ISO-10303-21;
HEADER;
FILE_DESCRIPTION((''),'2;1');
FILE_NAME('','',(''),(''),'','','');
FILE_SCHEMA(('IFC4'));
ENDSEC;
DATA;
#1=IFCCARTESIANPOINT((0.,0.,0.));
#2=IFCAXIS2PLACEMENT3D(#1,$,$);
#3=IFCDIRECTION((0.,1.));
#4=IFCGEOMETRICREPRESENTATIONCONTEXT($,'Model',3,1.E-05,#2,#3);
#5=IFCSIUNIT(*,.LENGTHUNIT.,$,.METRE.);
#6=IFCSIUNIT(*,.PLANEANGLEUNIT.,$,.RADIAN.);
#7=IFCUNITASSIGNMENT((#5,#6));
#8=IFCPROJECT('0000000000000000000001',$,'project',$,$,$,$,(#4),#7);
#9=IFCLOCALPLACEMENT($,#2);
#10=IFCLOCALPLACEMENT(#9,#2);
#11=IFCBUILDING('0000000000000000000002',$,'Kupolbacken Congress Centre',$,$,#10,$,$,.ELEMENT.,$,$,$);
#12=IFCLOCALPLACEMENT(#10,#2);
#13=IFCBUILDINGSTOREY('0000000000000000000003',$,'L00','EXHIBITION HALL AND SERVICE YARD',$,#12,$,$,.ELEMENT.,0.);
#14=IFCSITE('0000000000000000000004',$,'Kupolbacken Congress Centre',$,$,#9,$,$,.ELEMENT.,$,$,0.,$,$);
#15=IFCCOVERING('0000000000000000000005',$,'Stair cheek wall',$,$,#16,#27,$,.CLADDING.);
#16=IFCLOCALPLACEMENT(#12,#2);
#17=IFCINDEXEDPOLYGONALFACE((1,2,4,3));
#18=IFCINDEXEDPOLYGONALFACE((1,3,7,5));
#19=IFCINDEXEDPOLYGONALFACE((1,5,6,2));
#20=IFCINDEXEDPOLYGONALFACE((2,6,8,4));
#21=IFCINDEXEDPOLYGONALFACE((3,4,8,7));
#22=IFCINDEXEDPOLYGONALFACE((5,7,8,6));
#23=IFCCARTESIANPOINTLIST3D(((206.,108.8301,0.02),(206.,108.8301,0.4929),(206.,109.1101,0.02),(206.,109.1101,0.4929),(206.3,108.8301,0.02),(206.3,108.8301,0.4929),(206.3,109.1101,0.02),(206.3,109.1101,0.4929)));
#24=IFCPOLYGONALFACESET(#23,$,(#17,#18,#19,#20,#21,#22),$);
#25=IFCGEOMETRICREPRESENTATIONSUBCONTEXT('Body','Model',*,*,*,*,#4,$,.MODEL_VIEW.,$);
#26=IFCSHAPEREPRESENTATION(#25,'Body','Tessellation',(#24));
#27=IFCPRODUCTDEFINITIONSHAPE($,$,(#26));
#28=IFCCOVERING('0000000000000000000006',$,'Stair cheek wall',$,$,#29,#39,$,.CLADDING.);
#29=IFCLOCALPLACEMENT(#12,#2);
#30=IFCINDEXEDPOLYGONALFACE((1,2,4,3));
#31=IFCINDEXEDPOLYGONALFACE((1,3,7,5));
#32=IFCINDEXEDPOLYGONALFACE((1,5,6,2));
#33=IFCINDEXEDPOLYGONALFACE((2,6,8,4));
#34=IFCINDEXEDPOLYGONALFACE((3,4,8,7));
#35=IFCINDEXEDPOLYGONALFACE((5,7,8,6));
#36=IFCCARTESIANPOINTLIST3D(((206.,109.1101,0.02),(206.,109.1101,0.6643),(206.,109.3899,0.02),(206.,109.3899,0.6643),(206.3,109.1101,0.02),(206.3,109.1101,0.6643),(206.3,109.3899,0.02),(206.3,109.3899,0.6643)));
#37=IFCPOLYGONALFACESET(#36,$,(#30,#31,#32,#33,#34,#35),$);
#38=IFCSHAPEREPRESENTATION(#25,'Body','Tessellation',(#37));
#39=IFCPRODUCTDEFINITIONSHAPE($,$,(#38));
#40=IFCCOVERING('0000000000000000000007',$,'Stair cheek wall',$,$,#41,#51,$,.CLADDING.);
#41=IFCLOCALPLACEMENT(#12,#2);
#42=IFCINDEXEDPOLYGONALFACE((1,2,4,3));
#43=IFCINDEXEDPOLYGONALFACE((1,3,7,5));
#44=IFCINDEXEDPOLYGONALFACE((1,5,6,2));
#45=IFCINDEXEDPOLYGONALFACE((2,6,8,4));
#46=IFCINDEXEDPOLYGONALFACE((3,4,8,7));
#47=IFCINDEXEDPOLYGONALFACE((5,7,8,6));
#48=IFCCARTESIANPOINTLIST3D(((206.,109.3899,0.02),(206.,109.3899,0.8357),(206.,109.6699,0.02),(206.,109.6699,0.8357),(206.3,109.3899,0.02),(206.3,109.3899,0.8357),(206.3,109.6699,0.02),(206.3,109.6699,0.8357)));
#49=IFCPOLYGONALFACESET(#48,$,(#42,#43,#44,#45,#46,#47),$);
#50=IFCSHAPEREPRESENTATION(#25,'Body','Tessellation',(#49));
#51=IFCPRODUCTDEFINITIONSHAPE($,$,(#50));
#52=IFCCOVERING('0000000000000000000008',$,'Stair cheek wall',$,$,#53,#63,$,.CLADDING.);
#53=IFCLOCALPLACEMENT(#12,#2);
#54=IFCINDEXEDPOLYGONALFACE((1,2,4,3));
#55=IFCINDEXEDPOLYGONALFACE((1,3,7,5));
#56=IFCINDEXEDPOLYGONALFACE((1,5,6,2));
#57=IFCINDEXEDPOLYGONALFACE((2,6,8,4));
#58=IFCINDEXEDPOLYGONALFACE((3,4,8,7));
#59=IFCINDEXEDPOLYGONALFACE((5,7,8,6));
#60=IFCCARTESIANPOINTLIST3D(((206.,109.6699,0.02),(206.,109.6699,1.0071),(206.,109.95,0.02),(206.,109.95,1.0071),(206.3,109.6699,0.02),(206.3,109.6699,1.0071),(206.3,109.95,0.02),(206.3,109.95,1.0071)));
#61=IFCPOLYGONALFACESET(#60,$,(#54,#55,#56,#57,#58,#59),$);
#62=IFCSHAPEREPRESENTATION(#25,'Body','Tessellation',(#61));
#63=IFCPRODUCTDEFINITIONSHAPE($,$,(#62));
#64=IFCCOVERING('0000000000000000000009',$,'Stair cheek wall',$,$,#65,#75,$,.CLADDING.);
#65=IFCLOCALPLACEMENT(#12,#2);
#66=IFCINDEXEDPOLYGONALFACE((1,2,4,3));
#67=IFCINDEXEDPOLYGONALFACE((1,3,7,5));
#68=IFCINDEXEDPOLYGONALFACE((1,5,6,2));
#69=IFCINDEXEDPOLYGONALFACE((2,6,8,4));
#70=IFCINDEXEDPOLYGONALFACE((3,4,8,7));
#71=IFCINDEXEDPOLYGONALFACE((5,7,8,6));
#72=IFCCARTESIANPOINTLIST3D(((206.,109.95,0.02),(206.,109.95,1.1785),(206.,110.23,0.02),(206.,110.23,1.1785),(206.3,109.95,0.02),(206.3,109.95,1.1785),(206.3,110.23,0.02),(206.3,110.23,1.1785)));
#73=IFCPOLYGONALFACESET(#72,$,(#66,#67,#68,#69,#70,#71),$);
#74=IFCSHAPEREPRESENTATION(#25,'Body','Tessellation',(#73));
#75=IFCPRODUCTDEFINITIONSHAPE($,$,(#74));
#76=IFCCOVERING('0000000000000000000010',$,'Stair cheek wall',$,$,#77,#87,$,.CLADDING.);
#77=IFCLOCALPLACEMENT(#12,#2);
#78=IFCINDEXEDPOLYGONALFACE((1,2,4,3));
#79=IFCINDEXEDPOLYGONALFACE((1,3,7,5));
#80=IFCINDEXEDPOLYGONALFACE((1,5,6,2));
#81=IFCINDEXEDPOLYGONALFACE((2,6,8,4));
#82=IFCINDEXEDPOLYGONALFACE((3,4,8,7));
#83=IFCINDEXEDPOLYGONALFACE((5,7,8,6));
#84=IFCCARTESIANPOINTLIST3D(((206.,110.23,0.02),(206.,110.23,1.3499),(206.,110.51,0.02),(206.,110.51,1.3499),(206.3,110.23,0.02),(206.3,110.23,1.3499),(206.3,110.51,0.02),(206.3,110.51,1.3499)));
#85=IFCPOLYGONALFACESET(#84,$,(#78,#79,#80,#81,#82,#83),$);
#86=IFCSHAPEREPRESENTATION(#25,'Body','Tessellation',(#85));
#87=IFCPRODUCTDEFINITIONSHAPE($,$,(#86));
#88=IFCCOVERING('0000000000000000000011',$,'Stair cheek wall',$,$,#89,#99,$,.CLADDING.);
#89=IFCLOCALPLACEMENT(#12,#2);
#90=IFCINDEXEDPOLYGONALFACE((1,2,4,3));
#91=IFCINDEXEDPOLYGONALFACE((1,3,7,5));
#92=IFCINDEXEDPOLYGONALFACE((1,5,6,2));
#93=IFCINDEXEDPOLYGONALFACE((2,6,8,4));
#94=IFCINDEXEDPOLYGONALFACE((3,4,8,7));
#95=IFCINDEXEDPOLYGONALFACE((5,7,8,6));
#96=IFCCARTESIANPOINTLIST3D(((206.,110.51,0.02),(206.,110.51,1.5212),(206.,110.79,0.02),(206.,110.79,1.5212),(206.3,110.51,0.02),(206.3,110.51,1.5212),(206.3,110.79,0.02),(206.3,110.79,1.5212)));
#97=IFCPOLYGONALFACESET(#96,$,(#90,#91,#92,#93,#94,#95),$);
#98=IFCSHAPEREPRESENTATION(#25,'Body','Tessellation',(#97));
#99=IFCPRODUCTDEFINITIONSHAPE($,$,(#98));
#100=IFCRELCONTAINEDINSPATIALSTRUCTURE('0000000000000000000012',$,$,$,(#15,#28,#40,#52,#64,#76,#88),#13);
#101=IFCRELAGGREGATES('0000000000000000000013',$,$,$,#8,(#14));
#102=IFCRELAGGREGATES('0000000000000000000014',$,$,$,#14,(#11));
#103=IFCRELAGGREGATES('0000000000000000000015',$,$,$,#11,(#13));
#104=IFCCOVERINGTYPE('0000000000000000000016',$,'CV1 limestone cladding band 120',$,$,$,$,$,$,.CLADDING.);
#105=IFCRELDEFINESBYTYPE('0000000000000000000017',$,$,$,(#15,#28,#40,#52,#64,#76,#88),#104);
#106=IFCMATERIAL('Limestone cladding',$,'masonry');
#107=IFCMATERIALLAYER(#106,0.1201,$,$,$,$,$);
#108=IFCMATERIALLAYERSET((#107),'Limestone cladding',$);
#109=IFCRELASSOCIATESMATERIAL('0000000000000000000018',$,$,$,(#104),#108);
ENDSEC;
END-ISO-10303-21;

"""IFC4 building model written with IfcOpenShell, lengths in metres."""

from ifc_helpers import new_model, si_unit, direction, frame, origin, place, context, subcontext, project, spatial, polyline, outline, extrude, material, layer, layer_set, type_object, element, save


model = new_model("IFC4")

# Units and contexts
model_context = context("Model", 3, precision=1e-05, world=origin(), true_north=direction((0.0, 1.0)))
body_context = subcontext(model_context, "Body", "Model", "MODEL_VIEW")
ifc_project = project(units=[si_unit("LENGTHUNIT", "METRE"), si_unit("PLANEANGLEUNIT", "RADIAN")], contexts=[model_context])

# Site, building, storey
site_placement = place(None, origin())
site = spatial("IfcSite", under=ifc_project, at=site_placement, Name="Kupolbacken Congress Centre", CompositionType="ELEMENT", RefElevation=0.0)
building_placement = place(site_placement, origin())
building = spatial("IfcBuilding", under=site, at=building_placement, Name="Kupolbacken Congress Centre", CompositionType="ELEMENT")
storey_placement = place(building_placement, origin())
storey = spatial("IfcBuildingStorey", under=building, at=storey_placement, Name="L00", Description="EXHIBITION HALL AND SERVICE YARD", CompositionType="ELEMENT", Elevation=0.0)

# Coverings
ifc_material = material(Name="Limestone cladding", Category="masonry")
ifc_layer = layer(ifc_material, 0.1201)
ifc_layer_set = layer_set([ifc_layer], Name="Limestone cladding")
covering_type = type_object("IfcCoveringType", Name="CV1 limestone cladding band 120", PredefinedType="CLADDING", material=ifc_layer_set)
covering_1_placement = place(storey_placement, frame((0.0, 0.0, 0.02)))
element("IfcCovering", 1, at=covering_1_placement, inside=storey, type_object=covering_type, Name="Stair cheek wall", PredefinedType="CLADDING", context=body_context, shape_type="SweptSolid", body=[
    extrude(outline(polyline([(206.3, 108.8301), (206.3, 109.1101), (206.0, 109.1101), (206.0, 108.8301), (206.3, 108.8301)])), origin(), (0.0, 0.0, 1.0), 0.4729),
])
covering_2_placement = place(storey_placement, frame((0.0, 0.0, 0.02)))
element("IfcCovering", 2, at=covering_2_placement, inside=storey, type_object=covering_type, Name="Stair cheek wall", PredefinedType="CLADDING", context=body_context, shape_type="SweptSolid", body=[
    extrude(outline(polyline([(206.3, 109.1101), (206.3, 109.3899), (206.0, 109.3899), (206.0, 109.1101), (206.3, 109.1101)])), origin(), (0.0, 0.0, 1.0), 0.6443),
])
covering_3_placement = place(storey_placement, frame((0.0, 0.0, 0.02)))
element("IfcCovering", 3, at=covering_3_placement, inside=storey, type_object=covering_type, Name="Stair cheek wall", PredefinedType="CLADDING", context=body_context, shape_type="SweptSolid", body=[
    extrude(outline(polyline([(206.3, 109.3899), (206.3, 109.6699), (206.0, 109.6699), (206.0, 109.3899), (206.3, 109.3899)])), origin(), (0.0, 0.0, 1.0), 0.8157),
])
covering_4_placement = place(storey_placement, frame((0.0, 0.0, 0.02)))
element("IfcCovering", 4, at=covering_4_placement, inside=storey, type_object=covering_type, Name="Stair cheek wall", PredefinedType="CLADDING", context=body_context, shape_type="SweptSolid", body=[
    extrude(outline(polyline([(206.3, 109.6699), (206.3, 109.95), (206.0, 109.95), (206.0, 109.6699), (206.3, 109.6699)])), origin(), (0.0, 0.0, 1.0), 0.9871),
])
covering_5_placement = place(storey_placement, frame((0.0, 0.0, 0.02)))
element("IfcCovering", 5, at=covering_5_placement, inside=storey, type_object=covering_type, Name="Stair cheek wall", PredefinedType="CLADDING", context=body_context, shape_type="SweptSolid", body=[
    extrude(outline(polyline([(206.3, 109.95), (206.3, 110.23), (206.0, 110.23), (206.0, 109.95), (206.3, 109.95)])), origin(), (0.0, 0.0, 1.0), 1.1584),
])
covering_6_placement = place(storey_placement, frame((0.0, 0.0, 0.02)))
element("IfcCovering", 6, at=covering_6_placement, inside=storey, type_object=covering_type, Name="Stair cheek wall", PredefinedType="CLADDING", context=body_context, shape_type="SweptSolid", body=[
    extrude(outline(polyline([(206.3, 110.23), (206.3, 110.51), (206.0, 110.51), (206.0, 110.23), (206.3, 110.23)])), origin(), (0.0, 0.0, 1.0), 1.3298),
])
covering_7_placement = place(storey_placement, frame((0.0, 0.0, 0.02)))
element("IfcCovering", 7, at=covering_7_placement, inside=storey, type_object=covering_type, Name="Stair cheek wall", PredefinedType="CLADDING", context=body_context, shape_type="SweptSolid", body=[
    extrude(outline(polyline([(206.3, 110.51), (206.3, 110.79), (206.0, 110.79), (206.0, 110.51), (206.3, 110.51)])), origin(), (0.0, 0.0, 1.0), 1.5012),
])

save(model, "model.ifc")
